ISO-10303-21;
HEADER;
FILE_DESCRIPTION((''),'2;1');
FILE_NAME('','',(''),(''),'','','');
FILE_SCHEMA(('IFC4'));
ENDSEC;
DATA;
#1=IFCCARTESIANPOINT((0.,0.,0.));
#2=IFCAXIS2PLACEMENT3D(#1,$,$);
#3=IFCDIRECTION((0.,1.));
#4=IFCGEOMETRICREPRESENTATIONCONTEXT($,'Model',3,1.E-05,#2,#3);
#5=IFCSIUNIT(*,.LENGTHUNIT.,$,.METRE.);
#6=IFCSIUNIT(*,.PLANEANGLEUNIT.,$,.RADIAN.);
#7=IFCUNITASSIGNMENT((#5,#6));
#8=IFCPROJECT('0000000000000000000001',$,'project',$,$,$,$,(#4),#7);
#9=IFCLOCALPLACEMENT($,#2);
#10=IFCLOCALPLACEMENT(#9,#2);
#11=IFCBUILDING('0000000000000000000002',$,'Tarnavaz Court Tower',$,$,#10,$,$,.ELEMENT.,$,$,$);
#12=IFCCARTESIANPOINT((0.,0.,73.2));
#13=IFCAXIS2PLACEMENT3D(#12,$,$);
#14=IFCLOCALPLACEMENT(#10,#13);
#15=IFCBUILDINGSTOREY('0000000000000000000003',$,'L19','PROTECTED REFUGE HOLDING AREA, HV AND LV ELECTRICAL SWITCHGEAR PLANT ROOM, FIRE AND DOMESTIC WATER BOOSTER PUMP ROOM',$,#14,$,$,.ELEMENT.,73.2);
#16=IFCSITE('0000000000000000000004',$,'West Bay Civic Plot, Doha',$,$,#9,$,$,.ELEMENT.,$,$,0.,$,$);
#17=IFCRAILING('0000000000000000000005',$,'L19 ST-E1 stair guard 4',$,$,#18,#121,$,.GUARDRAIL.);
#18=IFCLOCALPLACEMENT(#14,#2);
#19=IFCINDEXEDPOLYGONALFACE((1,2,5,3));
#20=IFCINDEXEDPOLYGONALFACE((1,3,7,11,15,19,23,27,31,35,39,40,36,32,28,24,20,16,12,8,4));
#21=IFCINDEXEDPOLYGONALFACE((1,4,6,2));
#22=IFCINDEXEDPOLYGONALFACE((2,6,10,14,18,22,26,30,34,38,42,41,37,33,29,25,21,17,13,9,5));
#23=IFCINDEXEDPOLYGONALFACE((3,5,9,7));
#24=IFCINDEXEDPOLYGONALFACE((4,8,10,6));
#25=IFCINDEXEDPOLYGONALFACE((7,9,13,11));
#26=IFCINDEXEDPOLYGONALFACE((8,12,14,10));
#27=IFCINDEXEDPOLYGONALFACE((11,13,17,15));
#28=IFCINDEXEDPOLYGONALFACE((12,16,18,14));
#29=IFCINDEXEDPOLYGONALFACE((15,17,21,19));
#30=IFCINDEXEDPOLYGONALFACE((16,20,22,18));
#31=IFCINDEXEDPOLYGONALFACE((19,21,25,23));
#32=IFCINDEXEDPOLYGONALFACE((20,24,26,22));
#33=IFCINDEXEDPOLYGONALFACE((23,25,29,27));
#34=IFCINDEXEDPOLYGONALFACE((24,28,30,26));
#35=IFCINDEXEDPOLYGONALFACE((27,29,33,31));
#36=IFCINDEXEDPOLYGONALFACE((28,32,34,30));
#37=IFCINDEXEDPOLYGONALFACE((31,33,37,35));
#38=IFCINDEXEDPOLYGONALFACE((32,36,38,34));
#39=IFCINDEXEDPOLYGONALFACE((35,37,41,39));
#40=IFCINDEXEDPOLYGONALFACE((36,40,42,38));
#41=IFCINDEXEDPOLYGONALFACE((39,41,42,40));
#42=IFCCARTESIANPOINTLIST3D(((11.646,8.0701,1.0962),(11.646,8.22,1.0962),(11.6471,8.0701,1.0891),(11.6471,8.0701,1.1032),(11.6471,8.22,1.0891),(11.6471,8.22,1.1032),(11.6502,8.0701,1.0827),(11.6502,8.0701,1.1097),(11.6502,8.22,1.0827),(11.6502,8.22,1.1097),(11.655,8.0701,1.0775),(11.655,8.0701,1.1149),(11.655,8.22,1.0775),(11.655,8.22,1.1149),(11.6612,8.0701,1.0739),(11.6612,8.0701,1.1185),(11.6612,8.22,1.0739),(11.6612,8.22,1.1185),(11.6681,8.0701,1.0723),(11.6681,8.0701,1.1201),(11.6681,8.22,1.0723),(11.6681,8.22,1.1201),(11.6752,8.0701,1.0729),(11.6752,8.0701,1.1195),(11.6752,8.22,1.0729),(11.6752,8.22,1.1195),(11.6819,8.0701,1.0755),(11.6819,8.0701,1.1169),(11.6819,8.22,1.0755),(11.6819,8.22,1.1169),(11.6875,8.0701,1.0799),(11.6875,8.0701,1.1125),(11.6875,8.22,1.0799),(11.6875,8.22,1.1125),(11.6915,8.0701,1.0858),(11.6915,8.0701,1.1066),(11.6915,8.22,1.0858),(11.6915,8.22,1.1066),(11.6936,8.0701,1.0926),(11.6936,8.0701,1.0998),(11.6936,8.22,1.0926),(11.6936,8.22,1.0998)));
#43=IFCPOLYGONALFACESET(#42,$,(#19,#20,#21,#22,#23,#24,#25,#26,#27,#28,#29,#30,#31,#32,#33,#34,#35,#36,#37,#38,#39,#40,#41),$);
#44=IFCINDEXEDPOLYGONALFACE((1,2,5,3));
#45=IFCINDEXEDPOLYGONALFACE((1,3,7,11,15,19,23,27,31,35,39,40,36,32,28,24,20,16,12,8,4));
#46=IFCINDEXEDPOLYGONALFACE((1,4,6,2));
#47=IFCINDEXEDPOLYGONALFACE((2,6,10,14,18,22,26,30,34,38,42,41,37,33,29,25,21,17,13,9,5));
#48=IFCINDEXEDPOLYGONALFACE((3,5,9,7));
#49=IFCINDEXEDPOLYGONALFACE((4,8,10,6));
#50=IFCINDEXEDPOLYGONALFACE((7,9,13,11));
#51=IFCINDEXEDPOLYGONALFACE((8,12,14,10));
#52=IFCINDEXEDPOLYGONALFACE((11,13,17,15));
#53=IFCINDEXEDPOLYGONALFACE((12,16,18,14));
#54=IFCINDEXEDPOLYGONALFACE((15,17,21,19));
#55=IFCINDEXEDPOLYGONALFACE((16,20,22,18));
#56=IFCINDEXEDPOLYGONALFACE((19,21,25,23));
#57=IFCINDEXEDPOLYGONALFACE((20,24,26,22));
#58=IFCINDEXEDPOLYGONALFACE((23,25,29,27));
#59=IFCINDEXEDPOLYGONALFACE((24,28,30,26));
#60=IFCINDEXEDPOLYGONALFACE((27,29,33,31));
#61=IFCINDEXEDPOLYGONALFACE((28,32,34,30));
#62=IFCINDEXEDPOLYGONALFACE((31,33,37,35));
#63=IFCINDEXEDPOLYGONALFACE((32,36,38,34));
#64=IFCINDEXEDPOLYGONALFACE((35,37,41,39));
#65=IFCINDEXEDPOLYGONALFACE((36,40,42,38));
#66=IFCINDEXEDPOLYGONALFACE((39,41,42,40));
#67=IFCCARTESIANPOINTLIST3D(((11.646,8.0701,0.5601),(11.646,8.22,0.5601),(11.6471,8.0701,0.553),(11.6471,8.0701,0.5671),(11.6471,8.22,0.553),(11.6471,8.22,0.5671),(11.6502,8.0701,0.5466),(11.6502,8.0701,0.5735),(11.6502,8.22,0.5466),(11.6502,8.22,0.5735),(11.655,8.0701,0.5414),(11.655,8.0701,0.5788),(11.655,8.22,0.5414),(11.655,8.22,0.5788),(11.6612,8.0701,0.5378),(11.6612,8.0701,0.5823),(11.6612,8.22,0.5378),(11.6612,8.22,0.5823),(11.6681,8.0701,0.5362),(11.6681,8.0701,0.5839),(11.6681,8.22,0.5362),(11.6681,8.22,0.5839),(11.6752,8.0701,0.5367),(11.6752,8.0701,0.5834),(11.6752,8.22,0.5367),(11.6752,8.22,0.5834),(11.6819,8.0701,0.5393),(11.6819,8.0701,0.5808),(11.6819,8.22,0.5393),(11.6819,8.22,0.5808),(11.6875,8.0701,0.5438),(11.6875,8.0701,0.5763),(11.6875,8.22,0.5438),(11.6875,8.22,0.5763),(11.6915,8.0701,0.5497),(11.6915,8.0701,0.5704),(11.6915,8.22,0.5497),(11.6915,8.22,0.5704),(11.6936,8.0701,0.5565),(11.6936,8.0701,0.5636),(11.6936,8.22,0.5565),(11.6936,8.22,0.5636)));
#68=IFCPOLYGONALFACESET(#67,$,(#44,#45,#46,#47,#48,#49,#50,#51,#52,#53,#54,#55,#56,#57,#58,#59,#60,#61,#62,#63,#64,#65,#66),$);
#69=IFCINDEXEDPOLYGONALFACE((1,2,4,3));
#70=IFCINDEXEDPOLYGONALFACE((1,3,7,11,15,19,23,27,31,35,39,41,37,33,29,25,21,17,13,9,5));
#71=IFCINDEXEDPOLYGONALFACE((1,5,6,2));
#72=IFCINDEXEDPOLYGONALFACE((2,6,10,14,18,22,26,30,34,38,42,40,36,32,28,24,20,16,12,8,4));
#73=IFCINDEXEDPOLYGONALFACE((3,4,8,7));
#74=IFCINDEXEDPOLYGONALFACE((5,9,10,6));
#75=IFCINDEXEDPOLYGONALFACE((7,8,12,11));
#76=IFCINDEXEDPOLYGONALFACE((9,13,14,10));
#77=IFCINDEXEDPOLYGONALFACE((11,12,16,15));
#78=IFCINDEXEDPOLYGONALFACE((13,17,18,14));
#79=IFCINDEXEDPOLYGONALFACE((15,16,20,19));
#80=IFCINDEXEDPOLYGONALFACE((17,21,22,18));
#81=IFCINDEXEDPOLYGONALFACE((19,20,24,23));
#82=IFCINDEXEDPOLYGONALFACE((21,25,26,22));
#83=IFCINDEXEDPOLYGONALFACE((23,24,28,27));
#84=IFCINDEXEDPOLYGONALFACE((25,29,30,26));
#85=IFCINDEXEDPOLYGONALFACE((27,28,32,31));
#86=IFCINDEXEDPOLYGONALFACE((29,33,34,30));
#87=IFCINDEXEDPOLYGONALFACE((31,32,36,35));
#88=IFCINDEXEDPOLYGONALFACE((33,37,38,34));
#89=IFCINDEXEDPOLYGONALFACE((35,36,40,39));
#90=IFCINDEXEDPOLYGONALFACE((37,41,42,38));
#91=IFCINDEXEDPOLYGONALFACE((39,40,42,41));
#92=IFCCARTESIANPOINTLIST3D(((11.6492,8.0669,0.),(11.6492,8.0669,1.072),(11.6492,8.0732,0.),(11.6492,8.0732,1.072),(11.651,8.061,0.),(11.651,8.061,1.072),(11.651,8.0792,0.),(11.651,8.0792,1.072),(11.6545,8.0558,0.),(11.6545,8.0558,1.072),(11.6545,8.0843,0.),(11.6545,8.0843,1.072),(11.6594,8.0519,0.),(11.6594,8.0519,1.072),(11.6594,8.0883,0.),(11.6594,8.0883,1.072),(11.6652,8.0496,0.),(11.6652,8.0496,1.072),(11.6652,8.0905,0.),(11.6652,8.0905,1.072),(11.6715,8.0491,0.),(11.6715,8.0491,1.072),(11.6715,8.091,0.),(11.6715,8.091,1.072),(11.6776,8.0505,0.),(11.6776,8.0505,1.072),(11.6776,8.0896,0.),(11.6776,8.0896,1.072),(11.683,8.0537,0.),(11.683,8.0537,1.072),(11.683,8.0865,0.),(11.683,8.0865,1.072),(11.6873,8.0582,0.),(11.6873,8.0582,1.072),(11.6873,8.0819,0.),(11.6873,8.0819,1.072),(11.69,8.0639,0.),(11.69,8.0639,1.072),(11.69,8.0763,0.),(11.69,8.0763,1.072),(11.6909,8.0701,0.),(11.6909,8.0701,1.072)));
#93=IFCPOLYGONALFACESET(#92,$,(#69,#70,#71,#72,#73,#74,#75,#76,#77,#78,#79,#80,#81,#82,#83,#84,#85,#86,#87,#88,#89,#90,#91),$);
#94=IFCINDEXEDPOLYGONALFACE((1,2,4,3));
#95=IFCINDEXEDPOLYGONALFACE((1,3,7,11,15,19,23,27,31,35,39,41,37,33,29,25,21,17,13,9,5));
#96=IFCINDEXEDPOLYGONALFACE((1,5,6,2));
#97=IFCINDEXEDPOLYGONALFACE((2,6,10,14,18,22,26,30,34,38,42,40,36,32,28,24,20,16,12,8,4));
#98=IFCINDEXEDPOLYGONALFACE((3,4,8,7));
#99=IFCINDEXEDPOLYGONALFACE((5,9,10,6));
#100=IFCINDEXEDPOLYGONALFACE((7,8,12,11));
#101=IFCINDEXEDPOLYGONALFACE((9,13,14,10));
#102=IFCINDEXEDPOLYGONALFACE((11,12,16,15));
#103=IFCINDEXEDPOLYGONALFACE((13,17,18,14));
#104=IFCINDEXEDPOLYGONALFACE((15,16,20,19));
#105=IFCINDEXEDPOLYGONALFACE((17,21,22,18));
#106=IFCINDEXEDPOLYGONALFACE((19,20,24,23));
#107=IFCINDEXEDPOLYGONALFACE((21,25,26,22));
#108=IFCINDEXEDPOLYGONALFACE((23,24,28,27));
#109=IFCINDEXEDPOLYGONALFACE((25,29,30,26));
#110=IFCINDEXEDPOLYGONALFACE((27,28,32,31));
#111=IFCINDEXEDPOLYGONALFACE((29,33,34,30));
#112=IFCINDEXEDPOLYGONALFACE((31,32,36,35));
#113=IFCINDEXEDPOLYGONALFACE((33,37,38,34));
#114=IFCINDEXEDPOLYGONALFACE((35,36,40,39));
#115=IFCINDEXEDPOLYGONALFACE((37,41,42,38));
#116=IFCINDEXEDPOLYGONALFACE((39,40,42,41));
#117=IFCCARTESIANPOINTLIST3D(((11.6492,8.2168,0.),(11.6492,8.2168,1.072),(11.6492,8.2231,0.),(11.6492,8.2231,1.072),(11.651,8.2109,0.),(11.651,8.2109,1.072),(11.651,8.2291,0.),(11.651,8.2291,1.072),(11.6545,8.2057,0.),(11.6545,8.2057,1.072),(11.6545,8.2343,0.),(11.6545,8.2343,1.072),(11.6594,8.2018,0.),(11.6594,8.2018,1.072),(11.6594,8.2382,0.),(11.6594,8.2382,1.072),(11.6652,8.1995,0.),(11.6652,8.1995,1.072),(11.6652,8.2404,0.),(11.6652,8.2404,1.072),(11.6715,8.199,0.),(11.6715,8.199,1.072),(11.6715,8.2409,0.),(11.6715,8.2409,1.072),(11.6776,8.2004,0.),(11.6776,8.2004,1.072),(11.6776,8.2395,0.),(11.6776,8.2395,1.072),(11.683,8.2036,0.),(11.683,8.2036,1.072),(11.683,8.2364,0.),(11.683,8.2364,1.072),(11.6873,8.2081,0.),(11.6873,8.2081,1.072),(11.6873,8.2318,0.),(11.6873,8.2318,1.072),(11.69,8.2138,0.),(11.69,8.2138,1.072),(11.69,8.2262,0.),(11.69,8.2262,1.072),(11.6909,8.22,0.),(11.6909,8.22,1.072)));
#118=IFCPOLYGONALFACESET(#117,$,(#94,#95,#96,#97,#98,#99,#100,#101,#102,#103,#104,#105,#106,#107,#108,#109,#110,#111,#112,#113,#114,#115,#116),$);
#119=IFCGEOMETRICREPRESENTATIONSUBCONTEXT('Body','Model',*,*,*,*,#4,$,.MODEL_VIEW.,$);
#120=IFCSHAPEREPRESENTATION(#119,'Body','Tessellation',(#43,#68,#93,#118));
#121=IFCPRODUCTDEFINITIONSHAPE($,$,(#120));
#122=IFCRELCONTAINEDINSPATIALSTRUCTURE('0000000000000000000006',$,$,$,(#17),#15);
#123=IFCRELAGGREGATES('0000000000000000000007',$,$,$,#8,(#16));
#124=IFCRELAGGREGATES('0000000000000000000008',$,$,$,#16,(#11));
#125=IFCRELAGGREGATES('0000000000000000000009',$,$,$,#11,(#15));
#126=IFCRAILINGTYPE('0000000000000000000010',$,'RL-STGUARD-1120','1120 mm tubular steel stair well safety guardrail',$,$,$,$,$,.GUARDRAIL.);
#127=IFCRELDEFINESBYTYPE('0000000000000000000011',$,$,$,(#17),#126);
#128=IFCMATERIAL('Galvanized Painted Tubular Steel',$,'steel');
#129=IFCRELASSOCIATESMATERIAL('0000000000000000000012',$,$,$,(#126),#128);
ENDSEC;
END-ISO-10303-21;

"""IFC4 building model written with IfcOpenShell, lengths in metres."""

from ifc_helpers import new_model, si_unit, direction, frame, origin, origin_2d, place, context, subcontext, project, spatial, circle, extrude, material, type_object, element, save


model = new_model("IFC4")

# Units and contexts
model_context = context("Model", 3, precision=1e-05, world=origin(), true_north=direction((0.0, 1.0)))
body_context = subcontext(model_context, "Body", "Model", "MODEL_VIEW")
ifc_project = project(units=[si_unit("LENGTHUNIT", "METRE"), si_unit("PLANEANGLEUNIT", "RADIAN")], contexts=[model_context])

# Site, building, storey
site_placement = place(None, origin())
site = spatial("IfcSite", under=ifc_project, at=site_placement, Name="West Bay Civic Plot, Doha", CompositionType="ELEMENT", RefElevation=0.0)
building_placement = place(site_placement, origin())
building = spatial("IfcBuilding", under=site, at=building_placement, Name="Tarnavaz Court Tower", CompositionType="ELEMENT")
storey_placement = place(building_placement, frame((0.0, 0.0, 73.2)))
storey = spatial("IfcBuildingStorey", under=building, at=storey_placement, Name="L19", Description="PROTECTED REFUGE HOLDING AREA, HV AND LV ELECTRICAL SWITCHGEAR PLANT ROOM, FIRE AND DOMESTIC WATER BOOSTER PUMP ROOM", CompositionType="ELEMENT", Elevation=73.2)

# Railing
ifc_material_1 = material(Name="Galvanized Painted Tubular Steel", Category="steel")
railing_type_1 = type_object("IfcRailingType", Name="RL-STGUARD-1120", Description="1120 mm tubular steel stair well safety guardrail", PredefinedType="GUARDRAIL", material=ifc_material_1)
railing_1_placement = place(storey_placement, frame((11.6699, 8.0701, 0.0)))
element("IfcRailing", 1, at=railing_1_placement, inside=storey, type_object=railing_type_1, Name="L19 ST-E1 stair guard 4", PredefinedType="GUARDRAIL", context=body_context, shape_type="SweptSolid", body=[
    extrude(circle(Radius=0.0239, at=origin_2d()), frame((0.0, 0.0, 1.0962), z_axis=(0.0, 1.0, 0.0), x_axis=(-1.0, 0.0, 0.0)), (0.0, 0.0, 1.0), 0.1499),
    extrude(circle(Radius=0.0239, at=origin_2d()), frame((0.0, 0.0, 0.5601), z_axis=(0.0, 1.0, 0.0), x_axis=(-1.0, 0.0, 0.0)), (0.0, 0.0, 1.0), 0.1499),
    extrude(circle(Radius=0.021, at=origin_2d()), origin(), (0.0, 0.0, 1.0), 1.072),
    extrude(circle(Radius=0.021, at=origin_2d()), frame((0.0, 0.1499, 0.0)), (0.0, 0.0, 1.0), 1.072),
])

save(model, "model.ifc")
